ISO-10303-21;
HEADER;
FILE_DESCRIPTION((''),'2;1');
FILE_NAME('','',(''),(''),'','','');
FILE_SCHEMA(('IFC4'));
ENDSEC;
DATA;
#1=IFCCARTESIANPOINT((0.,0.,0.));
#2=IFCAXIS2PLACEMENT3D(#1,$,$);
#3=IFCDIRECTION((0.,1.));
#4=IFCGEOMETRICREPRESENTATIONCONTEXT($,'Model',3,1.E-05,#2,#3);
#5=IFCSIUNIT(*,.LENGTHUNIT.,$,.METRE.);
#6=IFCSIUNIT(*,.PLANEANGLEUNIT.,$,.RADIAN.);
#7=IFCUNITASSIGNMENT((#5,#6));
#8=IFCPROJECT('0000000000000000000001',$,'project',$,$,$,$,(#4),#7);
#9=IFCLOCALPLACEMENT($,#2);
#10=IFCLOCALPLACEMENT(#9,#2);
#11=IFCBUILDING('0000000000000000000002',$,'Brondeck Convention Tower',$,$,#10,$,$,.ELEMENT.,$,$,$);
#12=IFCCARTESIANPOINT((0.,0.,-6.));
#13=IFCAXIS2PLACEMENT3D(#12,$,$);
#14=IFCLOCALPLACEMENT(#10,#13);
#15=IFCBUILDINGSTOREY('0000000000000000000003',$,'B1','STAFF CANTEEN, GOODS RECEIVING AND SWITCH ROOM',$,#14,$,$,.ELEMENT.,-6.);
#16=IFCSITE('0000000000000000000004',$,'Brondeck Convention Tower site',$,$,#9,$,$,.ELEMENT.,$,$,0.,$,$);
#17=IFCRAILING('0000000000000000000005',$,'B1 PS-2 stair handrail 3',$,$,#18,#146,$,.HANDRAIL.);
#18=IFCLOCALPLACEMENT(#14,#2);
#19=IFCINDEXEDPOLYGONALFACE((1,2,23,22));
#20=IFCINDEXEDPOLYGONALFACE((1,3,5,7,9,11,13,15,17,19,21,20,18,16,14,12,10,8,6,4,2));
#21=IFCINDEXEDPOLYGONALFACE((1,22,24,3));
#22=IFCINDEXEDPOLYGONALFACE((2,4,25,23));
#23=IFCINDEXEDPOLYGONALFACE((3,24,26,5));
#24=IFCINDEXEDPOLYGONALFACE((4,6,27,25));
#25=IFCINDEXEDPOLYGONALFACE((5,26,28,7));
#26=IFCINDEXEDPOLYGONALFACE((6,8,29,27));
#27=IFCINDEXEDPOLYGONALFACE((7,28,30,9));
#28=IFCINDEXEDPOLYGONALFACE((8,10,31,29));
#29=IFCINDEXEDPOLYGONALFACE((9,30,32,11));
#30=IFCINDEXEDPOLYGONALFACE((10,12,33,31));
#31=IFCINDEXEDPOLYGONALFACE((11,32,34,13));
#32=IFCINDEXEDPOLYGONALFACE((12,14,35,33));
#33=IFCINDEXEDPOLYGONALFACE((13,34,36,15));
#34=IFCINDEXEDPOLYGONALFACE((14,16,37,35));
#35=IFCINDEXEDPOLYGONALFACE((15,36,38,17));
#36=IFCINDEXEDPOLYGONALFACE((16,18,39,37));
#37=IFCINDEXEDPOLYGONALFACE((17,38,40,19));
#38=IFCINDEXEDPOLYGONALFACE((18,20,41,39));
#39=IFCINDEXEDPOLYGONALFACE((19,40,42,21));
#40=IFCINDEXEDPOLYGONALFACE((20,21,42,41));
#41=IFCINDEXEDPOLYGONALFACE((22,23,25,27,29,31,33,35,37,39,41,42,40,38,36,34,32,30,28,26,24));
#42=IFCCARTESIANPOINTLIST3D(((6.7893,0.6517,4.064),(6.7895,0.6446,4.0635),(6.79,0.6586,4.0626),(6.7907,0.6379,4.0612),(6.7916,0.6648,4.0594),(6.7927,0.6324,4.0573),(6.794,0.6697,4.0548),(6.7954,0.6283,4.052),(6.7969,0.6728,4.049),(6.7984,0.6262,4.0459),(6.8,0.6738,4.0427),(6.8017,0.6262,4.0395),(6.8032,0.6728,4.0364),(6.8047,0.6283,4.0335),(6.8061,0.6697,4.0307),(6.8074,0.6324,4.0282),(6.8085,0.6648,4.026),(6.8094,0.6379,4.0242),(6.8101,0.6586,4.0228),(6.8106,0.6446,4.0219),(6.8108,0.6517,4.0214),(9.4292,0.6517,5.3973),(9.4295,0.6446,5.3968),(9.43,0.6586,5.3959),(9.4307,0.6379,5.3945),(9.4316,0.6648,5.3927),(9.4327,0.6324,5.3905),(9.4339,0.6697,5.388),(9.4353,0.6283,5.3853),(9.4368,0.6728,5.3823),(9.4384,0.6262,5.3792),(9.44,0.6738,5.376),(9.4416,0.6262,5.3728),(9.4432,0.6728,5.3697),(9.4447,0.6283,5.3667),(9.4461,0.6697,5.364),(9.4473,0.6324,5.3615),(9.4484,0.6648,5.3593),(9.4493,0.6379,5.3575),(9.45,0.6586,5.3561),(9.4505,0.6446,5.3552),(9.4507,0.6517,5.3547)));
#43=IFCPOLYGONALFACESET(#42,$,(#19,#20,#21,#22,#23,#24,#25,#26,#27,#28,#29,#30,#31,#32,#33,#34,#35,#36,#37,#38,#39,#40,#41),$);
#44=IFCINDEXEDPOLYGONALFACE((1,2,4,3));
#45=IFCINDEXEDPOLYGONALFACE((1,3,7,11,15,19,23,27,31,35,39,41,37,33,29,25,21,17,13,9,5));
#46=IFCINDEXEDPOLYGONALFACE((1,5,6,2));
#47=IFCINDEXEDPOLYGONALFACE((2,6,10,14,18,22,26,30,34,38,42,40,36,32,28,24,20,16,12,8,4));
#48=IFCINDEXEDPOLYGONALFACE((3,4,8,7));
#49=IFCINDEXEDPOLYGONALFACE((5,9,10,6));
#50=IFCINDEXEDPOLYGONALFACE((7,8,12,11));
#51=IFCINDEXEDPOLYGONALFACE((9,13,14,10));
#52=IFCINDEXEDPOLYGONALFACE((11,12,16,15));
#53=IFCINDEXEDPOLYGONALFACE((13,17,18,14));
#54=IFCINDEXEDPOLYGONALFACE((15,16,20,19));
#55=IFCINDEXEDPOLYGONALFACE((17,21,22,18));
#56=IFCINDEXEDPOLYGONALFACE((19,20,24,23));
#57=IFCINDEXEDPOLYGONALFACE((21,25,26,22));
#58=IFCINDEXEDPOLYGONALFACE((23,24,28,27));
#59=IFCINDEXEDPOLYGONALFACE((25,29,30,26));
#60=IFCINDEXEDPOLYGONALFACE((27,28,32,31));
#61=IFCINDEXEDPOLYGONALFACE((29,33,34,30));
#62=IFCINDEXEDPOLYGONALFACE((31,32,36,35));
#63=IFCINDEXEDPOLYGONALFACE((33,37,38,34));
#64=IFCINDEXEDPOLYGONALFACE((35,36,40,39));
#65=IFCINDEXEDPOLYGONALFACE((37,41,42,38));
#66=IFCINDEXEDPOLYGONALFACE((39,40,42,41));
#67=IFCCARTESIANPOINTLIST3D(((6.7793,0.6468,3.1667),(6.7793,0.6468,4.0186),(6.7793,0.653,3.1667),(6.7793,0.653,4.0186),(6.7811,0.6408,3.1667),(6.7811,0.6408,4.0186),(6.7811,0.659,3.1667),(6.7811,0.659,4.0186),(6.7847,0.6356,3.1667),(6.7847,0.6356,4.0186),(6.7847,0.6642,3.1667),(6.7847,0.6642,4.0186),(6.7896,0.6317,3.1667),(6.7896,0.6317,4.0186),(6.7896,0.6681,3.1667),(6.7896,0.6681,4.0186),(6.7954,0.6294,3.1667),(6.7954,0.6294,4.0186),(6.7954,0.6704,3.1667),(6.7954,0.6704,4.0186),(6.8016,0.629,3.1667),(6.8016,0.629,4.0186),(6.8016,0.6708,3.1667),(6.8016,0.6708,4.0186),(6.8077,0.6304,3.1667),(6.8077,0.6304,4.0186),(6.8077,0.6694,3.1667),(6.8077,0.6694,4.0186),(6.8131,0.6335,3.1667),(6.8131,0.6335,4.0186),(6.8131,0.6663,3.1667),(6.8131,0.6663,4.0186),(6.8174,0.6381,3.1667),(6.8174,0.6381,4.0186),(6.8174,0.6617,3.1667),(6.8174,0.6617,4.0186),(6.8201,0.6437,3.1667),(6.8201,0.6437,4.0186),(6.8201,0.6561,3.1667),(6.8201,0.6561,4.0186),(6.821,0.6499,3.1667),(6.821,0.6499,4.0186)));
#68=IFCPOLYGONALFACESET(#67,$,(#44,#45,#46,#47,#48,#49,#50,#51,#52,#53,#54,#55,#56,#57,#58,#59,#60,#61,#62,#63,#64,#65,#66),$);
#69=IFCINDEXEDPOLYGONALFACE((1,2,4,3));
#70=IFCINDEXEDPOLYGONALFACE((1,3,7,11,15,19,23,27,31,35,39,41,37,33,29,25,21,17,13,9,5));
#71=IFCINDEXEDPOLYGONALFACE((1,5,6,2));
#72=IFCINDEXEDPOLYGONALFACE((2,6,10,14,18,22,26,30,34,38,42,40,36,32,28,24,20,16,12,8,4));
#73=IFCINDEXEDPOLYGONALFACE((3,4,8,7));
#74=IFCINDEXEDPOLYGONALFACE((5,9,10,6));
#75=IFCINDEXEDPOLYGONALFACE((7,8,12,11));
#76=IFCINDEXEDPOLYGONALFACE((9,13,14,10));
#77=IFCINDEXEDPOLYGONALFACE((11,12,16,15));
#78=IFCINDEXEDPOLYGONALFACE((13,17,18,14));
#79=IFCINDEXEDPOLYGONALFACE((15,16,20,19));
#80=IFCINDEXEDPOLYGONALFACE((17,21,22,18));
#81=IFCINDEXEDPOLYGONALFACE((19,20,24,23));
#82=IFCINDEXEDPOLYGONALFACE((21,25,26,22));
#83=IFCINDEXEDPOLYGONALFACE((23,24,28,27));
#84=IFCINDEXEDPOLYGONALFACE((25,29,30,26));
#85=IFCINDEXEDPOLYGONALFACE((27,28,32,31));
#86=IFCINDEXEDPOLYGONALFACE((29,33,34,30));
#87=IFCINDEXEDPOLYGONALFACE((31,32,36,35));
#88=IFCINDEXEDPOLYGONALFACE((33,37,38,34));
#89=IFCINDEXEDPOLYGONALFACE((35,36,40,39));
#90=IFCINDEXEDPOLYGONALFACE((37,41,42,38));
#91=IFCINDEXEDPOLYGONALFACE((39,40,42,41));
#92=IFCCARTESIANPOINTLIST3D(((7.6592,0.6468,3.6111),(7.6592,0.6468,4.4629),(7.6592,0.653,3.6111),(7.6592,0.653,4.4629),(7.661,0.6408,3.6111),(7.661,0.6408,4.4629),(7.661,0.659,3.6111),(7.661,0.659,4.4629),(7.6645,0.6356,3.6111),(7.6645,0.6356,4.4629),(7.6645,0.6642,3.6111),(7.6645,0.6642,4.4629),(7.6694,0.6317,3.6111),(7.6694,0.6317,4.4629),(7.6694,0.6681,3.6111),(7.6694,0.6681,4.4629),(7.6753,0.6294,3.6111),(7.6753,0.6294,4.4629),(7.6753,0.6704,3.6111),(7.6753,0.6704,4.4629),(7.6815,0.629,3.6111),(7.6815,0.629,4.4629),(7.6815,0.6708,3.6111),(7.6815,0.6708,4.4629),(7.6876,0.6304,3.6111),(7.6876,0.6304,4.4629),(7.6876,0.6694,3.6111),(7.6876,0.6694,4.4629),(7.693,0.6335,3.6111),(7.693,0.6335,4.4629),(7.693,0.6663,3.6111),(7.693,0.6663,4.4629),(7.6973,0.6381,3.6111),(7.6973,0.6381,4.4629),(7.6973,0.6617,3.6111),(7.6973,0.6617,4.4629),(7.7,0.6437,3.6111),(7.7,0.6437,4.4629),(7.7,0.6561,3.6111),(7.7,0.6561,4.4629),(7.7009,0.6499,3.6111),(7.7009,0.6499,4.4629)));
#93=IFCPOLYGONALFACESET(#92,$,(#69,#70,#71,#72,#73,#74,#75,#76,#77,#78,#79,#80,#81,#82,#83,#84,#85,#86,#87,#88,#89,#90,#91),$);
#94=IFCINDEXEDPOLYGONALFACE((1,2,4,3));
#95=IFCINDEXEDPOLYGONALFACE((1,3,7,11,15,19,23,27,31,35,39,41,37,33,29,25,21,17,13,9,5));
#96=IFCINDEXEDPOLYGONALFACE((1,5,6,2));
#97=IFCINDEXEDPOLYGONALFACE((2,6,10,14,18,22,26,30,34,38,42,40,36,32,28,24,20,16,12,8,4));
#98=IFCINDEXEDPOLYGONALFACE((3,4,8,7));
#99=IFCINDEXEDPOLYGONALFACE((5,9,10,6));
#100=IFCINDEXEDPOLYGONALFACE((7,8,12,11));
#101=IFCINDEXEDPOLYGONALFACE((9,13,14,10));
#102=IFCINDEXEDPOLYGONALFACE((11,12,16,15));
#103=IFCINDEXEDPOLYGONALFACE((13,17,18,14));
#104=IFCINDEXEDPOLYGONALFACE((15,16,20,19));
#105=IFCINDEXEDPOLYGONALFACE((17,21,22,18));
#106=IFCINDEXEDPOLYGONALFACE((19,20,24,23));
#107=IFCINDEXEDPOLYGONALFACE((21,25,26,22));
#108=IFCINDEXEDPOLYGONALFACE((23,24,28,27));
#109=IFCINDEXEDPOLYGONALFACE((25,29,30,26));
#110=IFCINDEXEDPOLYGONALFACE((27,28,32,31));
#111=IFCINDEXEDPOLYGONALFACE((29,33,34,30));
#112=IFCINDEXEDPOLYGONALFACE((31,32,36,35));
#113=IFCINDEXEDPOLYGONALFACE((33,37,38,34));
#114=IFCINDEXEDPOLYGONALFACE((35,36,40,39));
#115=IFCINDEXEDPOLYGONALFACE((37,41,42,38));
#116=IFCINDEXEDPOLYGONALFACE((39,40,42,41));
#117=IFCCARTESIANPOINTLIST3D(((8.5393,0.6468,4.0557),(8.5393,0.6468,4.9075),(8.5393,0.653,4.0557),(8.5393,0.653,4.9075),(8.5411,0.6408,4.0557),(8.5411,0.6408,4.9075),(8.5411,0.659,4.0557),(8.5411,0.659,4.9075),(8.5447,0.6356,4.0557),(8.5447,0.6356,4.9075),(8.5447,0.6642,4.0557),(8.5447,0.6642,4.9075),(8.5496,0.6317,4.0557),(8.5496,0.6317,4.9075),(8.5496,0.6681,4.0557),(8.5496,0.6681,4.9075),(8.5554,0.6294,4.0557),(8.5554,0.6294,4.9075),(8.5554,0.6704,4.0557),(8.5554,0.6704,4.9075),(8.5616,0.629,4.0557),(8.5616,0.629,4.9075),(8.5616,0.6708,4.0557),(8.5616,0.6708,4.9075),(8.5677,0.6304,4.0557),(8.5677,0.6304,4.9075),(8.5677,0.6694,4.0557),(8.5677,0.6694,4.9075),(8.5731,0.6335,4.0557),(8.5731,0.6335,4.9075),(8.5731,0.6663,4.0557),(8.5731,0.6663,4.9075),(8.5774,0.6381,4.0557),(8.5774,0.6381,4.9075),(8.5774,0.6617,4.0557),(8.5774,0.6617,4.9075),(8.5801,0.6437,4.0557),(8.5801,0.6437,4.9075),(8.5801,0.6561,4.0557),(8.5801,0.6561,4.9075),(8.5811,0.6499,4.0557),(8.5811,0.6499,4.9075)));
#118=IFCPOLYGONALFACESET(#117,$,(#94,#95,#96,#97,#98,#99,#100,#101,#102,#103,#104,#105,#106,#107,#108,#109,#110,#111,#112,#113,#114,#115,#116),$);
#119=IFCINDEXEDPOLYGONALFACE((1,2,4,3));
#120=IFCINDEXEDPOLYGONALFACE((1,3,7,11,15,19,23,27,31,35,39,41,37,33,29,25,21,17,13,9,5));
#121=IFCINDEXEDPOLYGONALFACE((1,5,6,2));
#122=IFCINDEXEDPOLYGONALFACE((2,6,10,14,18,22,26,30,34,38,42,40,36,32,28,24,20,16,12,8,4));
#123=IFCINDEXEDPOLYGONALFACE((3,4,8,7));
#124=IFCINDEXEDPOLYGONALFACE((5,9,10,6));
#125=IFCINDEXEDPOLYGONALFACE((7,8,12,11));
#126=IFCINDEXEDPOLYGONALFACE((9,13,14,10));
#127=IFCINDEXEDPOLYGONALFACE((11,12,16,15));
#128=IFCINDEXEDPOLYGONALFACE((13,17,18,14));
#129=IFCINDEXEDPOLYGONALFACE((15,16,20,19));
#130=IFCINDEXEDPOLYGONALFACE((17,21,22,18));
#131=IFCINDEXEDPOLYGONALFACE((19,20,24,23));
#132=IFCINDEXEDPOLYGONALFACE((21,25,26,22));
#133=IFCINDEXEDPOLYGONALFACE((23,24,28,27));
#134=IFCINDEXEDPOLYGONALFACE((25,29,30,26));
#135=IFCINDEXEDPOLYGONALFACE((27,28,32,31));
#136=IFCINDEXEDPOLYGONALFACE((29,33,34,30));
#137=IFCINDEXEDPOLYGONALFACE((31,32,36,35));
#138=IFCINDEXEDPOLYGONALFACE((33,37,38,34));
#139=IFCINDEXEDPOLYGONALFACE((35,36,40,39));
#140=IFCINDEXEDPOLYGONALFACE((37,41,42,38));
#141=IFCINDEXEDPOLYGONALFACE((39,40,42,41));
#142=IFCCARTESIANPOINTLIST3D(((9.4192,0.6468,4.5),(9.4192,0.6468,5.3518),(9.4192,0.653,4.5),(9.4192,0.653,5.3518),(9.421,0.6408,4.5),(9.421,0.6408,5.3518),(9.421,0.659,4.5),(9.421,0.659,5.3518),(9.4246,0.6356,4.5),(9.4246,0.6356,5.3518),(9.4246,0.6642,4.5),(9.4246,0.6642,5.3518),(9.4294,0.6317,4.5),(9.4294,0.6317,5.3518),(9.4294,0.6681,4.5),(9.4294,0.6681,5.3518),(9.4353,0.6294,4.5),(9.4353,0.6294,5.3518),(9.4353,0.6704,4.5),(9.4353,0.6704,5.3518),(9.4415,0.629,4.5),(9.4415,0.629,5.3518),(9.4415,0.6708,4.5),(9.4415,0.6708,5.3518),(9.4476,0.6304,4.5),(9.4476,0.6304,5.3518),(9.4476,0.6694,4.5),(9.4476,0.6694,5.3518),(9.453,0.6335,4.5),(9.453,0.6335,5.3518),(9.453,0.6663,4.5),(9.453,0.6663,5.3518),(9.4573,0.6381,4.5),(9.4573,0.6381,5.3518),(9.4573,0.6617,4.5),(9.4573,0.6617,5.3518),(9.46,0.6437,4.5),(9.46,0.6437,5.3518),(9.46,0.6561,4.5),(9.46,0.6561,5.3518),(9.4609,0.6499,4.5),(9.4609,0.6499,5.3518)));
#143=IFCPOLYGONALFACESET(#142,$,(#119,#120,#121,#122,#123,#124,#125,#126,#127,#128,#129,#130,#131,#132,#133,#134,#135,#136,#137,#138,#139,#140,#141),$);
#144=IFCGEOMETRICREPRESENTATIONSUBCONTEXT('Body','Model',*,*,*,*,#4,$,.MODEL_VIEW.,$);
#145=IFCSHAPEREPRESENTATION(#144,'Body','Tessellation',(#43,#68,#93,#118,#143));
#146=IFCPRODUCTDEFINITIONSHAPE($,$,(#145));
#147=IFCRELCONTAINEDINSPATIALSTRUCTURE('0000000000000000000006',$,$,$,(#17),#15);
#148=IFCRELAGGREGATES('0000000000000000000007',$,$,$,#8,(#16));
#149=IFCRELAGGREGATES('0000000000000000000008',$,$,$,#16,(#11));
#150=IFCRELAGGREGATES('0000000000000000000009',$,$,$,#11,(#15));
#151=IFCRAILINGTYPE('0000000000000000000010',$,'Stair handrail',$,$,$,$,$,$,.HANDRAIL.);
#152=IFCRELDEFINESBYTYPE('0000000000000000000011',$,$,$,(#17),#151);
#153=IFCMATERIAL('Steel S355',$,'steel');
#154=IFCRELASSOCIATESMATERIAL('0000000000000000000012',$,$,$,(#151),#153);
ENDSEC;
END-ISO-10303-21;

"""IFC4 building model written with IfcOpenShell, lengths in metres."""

from ifc_helpers import new_model, si_unit, direction, frame, origin, origin_2d, place, context, subcontext, project, spatial, circle, extrude, material, type_object, element, save


model = new_model("IFC4")

# Units and contexts
model_context = context("Model", 3, precision=1e-05, world=origin(), true_north=direction((0.0, 1.0)))
body_context = subcontext(model_context, "Body", "Model", "MODEL_VIEW")
ifc_project = project(units=[si_unit("LENGTHUNIT", "METRE"), si_unit("PLANEANGLEUNIT", "RADIAN")], contexts=[model_context])

# Site, building, storey
site_placement = place(None, origin())
site = spatial("IfcSite", under=ifc_project, at=site_placement, Name="Brondeck Convention Tower site", CompositionType="ELEMENT", RefElevation=0.0)
building_placement = place(site_placement, origin())
building = spatial("IfcBuilding", under=site, at=building_placement, Name="Brondeck Convention Tower", CompositionType="ELEMENT")
storey_placement = place(building_placement, frame((0.0, 0.0, -6.0)))
storey = spatial("IfcBuildingStorey", under=building, at=storey_placement, Name="B1", Description="STAFF CANTEEN, GOODS RECEIVING AND SWITCH ROOM", CompositionType="ELEMENT", Elevation=-6.0)

# Railing
ifc_material_1 = material(Name="Steel S355", Category="steel")
railing_type_1 = type_object("IfcRailingType", Name="Stair handrail", PredefinedType="HANDRAIL", material=ifc_material_1)
for number, where, name in (
    (1, (6.8, 0.6499, 3.1667), "B1 PS-2 stair handrail 3"),
):
    element("IfcRailing", number, at=place(storey_placement, frame(where)), inside=storey, type_object=railing_type_1, Name=name, PredefinedType="HANDRAIL", context=body_context, shape_type="SweptSolid", body=[
        extrude(circle(Radius=0.0239, at=origin_2d()), frame((0.0, 0.0, 0.876), z_axis=(0.89262, 0.0, 0.450809), x_axis=(0.0, 1.0, 0.0)), (0.0, 0.0, 1.0), 2.9575),
        extrude(circle(Radius=0.021, at=origin_2d()), origin(), (0.0, 0.0, 1.0), 0.8518),
        extrude(circle(Radius=0.021, at=origin_2d()), frame((0.8799, 0.0, 0.4443)), (0.0, 0.0, 1.0), 0.8518),
        extrude(circle(Radius=0.021, at=origin_2d()), frame((1.76, 0.0, 0.8889)), (0.0, 0.0, 1.0), 0.8518),
        extrude(circle(Radius=0.021, at=origin_2d()), frame((2.6399, 0.0, 1.3333)), (0.0, 0.0, 1.0), 0.8518),
    ])

save(model, "model.ifc")
